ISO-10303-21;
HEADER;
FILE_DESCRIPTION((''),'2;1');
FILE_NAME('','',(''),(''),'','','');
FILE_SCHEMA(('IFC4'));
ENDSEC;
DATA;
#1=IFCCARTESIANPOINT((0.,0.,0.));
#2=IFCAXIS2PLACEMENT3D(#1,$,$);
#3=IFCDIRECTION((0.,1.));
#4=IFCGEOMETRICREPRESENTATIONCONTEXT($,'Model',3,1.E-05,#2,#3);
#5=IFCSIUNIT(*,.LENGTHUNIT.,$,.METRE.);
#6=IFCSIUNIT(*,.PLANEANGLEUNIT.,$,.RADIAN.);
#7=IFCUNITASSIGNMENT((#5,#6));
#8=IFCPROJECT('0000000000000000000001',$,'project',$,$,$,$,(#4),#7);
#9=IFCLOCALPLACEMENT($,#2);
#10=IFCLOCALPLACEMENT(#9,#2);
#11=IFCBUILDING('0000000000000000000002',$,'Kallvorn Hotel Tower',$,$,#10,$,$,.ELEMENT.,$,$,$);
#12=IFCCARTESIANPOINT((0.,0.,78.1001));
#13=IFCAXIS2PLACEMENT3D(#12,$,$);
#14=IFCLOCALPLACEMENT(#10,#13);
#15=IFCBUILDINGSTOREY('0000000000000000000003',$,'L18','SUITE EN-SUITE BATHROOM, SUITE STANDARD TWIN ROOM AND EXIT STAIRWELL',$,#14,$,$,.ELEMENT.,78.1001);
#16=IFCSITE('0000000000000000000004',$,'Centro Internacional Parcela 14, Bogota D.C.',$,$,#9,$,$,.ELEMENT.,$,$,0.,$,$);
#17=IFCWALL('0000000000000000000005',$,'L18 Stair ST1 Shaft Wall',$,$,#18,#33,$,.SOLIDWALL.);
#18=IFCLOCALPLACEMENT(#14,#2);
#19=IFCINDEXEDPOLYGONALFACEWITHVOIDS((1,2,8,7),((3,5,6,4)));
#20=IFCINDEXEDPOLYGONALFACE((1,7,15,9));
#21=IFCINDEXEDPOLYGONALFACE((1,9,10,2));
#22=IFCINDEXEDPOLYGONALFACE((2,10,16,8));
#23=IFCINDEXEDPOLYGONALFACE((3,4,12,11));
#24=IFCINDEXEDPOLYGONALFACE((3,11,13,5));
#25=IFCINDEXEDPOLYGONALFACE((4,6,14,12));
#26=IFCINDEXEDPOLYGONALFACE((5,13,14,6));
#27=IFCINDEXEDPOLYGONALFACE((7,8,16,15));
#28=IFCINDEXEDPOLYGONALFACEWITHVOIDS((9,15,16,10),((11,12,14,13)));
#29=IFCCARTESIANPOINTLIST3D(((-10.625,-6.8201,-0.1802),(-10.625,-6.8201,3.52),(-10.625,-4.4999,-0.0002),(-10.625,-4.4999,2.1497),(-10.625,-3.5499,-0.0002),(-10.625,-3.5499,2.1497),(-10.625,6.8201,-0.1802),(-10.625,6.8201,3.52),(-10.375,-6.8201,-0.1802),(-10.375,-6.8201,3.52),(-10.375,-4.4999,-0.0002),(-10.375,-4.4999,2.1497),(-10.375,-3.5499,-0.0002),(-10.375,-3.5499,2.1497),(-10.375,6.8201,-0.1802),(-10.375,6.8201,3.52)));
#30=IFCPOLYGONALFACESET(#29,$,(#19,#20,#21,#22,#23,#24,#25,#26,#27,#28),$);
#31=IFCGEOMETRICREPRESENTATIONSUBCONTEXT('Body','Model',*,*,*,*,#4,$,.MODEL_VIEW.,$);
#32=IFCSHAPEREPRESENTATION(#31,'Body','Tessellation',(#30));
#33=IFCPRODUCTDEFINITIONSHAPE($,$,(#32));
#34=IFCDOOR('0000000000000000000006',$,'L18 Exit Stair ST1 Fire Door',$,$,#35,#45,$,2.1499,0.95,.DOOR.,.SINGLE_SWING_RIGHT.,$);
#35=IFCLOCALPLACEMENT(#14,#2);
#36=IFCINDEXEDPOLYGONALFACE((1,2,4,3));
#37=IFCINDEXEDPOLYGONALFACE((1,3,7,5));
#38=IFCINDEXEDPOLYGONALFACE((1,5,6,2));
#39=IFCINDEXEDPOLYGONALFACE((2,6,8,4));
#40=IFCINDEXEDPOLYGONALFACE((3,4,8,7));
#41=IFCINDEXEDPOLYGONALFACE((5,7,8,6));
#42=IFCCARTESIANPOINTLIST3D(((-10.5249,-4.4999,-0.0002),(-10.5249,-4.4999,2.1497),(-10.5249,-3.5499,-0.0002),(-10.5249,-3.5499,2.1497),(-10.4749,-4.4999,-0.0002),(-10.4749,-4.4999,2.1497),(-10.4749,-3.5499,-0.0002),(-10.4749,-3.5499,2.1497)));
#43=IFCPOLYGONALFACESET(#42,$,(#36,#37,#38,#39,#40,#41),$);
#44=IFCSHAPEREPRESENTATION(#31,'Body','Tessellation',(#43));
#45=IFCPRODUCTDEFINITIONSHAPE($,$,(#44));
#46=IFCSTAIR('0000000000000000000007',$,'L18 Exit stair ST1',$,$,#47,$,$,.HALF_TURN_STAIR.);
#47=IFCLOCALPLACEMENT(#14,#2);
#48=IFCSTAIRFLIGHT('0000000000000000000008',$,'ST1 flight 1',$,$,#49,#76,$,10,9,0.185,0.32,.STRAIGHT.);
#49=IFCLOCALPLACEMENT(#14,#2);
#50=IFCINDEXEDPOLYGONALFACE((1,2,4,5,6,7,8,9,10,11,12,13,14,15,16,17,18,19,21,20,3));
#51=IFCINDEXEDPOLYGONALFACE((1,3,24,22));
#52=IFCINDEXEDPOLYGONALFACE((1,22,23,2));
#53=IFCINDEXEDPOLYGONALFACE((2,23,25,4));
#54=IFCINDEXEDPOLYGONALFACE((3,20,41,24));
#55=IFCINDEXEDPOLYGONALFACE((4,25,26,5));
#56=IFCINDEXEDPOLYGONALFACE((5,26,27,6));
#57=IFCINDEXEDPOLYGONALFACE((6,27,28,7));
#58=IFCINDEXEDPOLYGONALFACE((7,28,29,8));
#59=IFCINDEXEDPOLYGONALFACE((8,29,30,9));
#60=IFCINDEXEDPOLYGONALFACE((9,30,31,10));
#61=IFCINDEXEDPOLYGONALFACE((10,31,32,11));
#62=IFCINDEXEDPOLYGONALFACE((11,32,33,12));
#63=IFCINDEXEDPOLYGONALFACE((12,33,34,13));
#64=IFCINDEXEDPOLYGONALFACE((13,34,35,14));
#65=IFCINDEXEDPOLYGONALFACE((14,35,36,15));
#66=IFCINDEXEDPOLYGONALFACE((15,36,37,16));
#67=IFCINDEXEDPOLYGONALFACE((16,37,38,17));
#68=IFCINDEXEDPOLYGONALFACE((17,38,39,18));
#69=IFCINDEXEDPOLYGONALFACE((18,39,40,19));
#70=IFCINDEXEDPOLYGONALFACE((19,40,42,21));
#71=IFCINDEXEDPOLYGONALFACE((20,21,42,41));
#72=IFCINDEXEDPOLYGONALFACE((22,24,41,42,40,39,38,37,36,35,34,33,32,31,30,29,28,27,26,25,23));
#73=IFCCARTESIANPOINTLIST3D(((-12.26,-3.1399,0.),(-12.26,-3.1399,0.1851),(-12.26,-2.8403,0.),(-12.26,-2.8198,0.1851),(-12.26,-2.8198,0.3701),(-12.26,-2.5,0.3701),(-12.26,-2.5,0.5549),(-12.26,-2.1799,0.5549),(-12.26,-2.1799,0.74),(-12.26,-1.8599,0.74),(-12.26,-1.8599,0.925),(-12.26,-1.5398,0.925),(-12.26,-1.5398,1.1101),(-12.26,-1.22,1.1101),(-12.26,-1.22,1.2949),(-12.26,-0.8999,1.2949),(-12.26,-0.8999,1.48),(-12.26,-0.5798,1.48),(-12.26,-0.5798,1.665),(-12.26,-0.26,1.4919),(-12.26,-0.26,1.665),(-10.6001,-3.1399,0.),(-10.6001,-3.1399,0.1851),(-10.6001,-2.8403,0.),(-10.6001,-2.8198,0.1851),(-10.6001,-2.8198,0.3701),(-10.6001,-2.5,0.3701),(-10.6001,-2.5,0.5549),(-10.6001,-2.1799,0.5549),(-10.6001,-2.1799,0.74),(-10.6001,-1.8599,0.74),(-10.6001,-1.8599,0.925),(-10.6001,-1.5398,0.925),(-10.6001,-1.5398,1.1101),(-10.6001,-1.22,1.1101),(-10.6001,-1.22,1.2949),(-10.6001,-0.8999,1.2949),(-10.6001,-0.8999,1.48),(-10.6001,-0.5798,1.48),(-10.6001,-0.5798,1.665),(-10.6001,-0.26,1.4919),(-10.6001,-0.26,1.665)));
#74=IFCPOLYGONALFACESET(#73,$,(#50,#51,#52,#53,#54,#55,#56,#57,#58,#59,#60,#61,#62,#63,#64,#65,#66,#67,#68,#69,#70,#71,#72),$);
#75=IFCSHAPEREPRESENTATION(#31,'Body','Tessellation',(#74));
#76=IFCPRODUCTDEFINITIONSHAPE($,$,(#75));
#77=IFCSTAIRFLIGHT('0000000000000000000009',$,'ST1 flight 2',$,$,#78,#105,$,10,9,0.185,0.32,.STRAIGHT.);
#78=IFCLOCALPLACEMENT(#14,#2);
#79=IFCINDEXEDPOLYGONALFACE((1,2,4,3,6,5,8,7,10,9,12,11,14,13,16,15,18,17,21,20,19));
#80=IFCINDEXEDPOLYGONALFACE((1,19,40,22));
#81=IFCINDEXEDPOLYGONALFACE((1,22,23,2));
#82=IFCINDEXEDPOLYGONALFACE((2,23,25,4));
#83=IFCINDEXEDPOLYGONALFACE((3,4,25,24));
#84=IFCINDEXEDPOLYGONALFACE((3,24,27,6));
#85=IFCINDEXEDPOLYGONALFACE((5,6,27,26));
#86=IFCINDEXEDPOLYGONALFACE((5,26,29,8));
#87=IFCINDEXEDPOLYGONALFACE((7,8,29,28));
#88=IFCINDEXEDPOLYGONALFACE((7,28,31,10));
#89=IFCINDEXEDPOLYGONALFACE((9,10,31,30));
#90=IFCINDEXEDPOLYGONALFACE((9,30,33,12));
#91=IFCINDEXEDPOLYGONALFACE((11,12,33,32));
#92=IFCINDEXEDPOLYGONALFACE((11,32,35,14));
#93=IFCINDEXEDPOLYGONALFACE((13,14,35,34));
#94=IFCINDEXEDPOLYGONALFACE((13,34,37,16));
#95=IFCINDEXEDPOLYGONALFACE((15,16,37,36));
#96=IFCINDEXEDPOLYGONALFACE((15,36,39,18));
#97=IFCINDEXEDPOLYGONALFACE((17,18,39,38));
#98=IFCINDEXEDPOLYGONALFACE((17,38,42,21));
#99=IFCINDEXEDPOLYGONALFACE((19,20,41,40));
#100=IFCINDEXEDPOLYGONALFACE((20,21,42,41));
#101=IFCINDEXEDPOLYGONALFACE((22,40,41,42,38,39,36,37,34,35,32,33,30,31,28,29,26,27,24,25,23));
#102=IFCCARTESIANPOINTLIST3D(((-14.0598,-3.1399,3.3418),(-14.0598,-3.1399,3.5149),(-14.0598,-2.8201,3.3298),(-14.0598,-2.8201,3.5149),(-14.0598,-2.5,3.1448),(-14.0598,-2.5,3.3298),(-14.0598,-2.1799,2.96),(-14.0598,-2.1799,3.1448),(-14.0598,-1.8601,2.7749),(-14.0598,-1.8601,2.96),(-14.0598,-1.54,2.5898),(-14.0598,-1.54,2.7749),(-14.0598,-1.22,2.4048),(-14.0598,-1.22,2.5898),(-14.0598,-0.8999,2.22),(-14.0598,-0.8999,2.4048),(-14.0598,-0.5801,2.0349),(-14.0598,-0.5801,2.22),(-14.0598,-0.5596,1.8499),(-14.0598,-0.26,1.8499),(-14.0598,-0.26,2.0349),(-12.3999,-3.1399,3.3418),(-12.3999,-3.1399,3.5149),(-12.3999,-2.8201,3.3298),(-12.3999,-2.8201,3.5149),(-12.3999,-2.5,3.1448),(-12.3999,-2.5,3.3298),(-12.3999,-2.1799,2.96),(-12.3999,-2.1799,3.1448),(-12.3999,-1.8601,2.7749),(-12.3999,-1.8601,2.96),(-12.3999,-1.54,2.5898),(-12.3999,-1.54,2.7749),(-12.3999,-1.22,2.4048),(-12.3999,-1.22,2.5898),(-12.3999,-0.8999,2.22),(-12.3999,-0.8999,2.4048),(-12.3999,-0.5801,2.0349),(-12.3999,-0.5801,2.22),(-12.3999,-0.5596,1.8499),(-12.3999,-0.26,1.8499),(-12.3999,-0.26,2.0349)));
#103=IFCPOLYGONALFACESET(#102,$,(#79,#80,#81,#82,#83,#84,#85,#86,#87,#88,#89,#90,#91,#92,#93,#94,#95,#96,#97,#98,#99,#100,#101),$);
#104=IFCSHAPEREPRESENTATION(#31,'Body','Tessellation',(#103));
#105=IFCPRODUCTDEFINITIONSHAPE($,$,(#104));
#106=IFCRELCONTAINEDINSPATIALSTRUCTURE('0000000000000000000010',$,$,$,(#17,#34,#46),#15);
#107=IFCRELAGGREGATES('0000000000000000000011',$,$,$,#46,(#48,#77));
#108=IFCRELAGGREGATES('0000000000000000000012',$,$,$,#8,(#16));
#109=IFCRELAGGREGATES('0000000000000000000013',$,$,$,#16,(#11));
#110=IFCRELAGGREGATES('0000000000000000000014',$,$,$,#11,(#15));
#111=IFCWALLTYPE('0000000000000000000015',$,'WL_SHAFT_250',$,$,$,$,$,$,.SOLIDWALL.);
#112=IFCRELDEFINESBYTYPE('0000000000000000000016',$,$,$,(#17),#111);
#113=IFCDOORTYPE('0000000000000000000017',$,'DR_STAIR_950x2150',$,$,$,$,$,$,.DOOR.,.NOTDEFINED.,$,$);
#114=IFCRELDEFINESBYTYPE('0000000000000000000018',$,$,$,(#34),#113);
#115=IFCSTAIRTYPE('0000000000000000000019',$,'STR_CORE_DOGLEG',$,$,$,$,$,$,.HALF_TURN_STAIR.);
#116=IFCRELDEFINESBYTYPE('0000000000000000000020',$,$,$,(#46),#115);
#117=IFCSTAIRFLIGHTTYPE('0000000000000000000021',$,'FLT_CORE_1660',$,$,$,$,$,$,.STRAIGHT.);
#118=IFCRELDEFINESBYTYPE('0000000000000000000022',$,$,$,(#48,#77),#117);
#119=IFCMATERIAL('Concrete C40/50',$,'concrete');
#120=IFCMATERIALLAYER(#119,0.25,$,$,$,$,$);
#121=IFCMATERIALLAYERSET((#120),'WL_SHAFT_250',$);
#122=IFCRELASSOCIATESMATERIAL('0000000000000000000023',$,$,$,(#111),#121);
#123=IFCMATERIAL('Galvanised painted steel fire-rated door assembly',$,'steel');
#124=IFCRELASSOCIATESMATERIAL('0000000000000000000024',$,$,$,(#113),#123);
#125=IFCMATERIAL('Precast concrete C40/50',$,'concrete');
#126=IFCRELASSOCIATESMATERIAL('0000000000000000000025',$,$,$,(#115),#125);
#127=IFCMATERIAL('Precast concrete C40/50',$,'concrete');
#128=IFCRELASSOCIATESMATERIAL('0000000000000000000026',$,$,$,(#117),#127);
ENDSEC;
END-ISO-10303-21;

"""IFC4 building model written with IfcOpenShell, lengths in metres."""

from ifc_helpers import new_model, si_unit, direction, frame, frame_2d, origin, place, context, subcontext, project, spatial, polyline, rectangle, outline, extrude, material, layer, layer_set, type_object, element, fill, aggregate, save


model = new_model("IFC4")

# Units and contexts
model_context = context("Model", 3, precision=1e-05, world=origin(), true_north=direction((0.0, 1.0)))
body_context = subcontext(model_context, "Body", "Model", "MODEL_VIEW")
ifc_project = project(units=[si_unit("LENGTHUNIT", "METRE"), si_unit("PLANEANGLEUNIT", "RADIAN")], contexts=[model_context])

# Site, building, storey
site_placement = place(None, origin())
site = spatial("IfcSite", under=ifc_project, at=site_placement, Name="Centro Internacional Parcela 14, Bogota D.C.", CompositionType="ELEMENT", RefElevation=0.0)
building_placement = place(site_placement, origin())
building = spatial("IfcBuilding", under=site, at=building_placement, Name="Kallvorn Hotel Tower", CompositionType="ELEMENT")
storey_placement = place(building_placement, frame((0.0, 0.0, 78.1001)))
storey = spatial("IfcBuildingStorey", under=building, at=storey_placement, Name="L18", Description="SUITE EN-SUITE BATHROOM, SUITE STANDARD TWIN ROOM AND EXIT STAIRWELL", CompositionType="ELEMENT", Elevation=78.1001)

# Wall, opening, door
ifc_material_1 = material(Name="Concrete C40/50", Category="concrete")
ifc_layer_1 = layer(ifc_material_1, 0.25)
ifc_layer_set_1 = layer_set([ifc_layer_1], Name="WL_SHAFT_250")
wall_type_1 = type_object("IfcWallType", Name="WL_SHAFT_250", PredefinedType="SOLIDWALL", material=ifc_layer_set_1)
wall_1_placement = place(storey_placement, frame((-10.5, -6.8201, -0.1802), z_axis=(0.0, 0.0, 1.0), x_axis=(0.0, 1.0, 0.0)))
wall_1 = element("IfcWall", 1, at=wall_1_placement, inside=storey, type_object=wall_type_1, Name="L18 Stair ST1 Shaft Wall", PredefinedType="SOLIDWALL", context=body_context, shape_type="SweptSolid", body=[
    extrude(rectangle(XDim=13.6401, YDim=0.25, at=frame_2d((6.8201, 0.0))), origin(), (0.0, 0.0, 1.0), 3.7002),
])
opening_1_placement = place(wall_1_placement, frame((2.3201, 0.0, 0.1799)))
opening_1 = element("IfcOpeningElement", 2, at=opening_1_placement, cuts=wall_1, PredefinedType="OPENING", context=body_context, shape_type="SweptSolid", body=[
    extrude(rectangle(XDim=0.95, YDim=2.1499, at=frame_2d((0.4751, 1.075))), frame((0.0, 0.1399, 0.0), z_axis=(0.0, -1.0, 0.0), x_axis=(1.0, 0.0, 0.0)), (0.0, 0.0, 1.0), 0.28),
])
ifc_material_2 = material(Name="Galvanised painted steel fire-rated door assembly", Category="steel")
door_type_1 = type_object("IfcDoorType", Name="DR_STAIR_950x2150", OperationType="NOTDEFINED", PredefinedType="DOOR", material=ifc_material_2)
door_1_placement = place(opening_1_placement, origin())
door_1 = element("IfcDoor", 3, at=door_1_placement, inside=storey, type_object=door_type_1, Name="L18 Exit Stair ST1 Fire Door", OperationType="SINGLE_SWING_RIGHT", OverallHeight=2.1499, OverallWidth=0.95, PredefinedType="DOOR", context=body_context, shape_type="SweptSolid", body=[
    extrude(rectangle(XDim=0.95, YDim=2.1499, at=frame_2d((0.4751, 1.075))), frame((0.0, 0.0249, 0.0), z_axis=(0.0, -1.0, 0.0), x_axis=(1.0, 0.0, 0.0)), (0.0, 0.0, 1.0), 0.05),
])
fill(opening_1, door_1)

# Stair, stair flights
ifc_material_3 = material(Name="Precast concrete C40/50", Category="concrete")
stair_type = type_object("IfcStairType", Name="STR_CORE_DOGLEG", PredefinedType="HALF_TURN_STAIR", material=ifc_material_3)
stair_placement = place(storey_placement, origin())
stair = element("IfcStair", 4, at=stair_placement, inside=storey, type_object=stair_type, Name="L18 Exit stair ST1", PredefinedType="HALF_TURN_STAIR")
ifc_material_4 = material(Name="Precast concrete C40/50", Category="concrete")
stair_flight_type = type_object("IfcStairFlightType", Name="FLT_CORE_1660", PredefinedType="STRAIGHT", material=ifc_material_4)
stair_flight_1_placement = place(storey_placement, frame((-11.4299, -3.1399, 0.0), z_axis=(0.0, 0.0, 1.0), x_axis=(0.0, 1.0, 0.0)))
stair_flight_1 = element("IfcStairFlight", 5, at=stair_flight_1_placement, type_object=stair_flight_type, Name="ST1 flight 1", NumberOfRisers=10, NumberOfTreads=9, PredefinedType="STRAIGHT", RiserHeight=0.185, TreadLength=0.32, context=body_context, shape_type="SweptSolid", body=[
    extrude(outline(polyline([(0.0, 0.0), (0.0, 0.1851), (0.3201, 0.1851), (0.3201, 0.3701), (0.6399, 0.3701), (0.6399, 0.5549), (0.96, 0.5549), (0.96, 0.74), (1.28, 0.74), (1.28, 0.925), (1.6001, 0.925), (1.6001, 1.1101), (1.9199, 1.1101), (1.9199, 1.2949), (2.24, 1.2949), (2.24, 1.48), (2.5601, 1.48), (2.5601, 1.665), (2.8799, 1.665), (2.8799, 1.8501), (2.8799, 1.4919), (0.2996, 0.0), (0.0, 0.0)])), frame((0.0, 0.8301, 0.0), z_axis=(0.0, -1.0, 0.0), x_axis=(1.0, 0.0, 0.0)), (0.0, 0.0, 1.0), 1.6599),
])
stair_flight_2_placement = place(storey_placement, frame((-13.23, -0.26, 1.8499), z_axis=(0.0, 0.0, 1.0), x_axis=(0.0, -1.0, 0.0)))
stair_flight_2 = element("IfcStairFlight", 6, at=stair_flight_2_placement, type_object=stair_flight_type, Name="ST1 flight 2", NumberOfRisers=10, NumberOfTreads=9, PredefinedType="STRAIGHT", RiserHeight=0.185, TreadLength=0.32, context=body_context, shape_type="SweptSolid", body=[
    extrude(outline(polyline([(0.0, 0.0), (0.0, 0.1851), (0.3201, 0.1851), (0.3201, 0.3701), (0.6399, 0.3701), (0.6399, 0.5549), (0.96, 0.5549), (0.96, 0.74), (1.28, 0.74), (1.28, 0.925), (1.6001, 0.925), (1.6001, 1.1101), (1.9199, 1.1101), (1.9199, 1.2949), (2.24, 1.2949), (2.24, 1.48), (2.5601, 1.48), (2.5601, 1.665), (2.8799, 1.665), (2.8799, 1.8501), (2.8799, 1.4919), (0.2996, 0.0), (0.0, 0.0)])), frame((0.0, 0.8301, 0.0), z_axis=(0.0, -1.0, 0.0), x_axis=(1.0, 0.0, 0.0)), (0.0, 0.0, 1.0), 1.6599),
])
aggregate(stair, [stair_flight_1, stair_flight_2])

save(model, "model.ifc")
